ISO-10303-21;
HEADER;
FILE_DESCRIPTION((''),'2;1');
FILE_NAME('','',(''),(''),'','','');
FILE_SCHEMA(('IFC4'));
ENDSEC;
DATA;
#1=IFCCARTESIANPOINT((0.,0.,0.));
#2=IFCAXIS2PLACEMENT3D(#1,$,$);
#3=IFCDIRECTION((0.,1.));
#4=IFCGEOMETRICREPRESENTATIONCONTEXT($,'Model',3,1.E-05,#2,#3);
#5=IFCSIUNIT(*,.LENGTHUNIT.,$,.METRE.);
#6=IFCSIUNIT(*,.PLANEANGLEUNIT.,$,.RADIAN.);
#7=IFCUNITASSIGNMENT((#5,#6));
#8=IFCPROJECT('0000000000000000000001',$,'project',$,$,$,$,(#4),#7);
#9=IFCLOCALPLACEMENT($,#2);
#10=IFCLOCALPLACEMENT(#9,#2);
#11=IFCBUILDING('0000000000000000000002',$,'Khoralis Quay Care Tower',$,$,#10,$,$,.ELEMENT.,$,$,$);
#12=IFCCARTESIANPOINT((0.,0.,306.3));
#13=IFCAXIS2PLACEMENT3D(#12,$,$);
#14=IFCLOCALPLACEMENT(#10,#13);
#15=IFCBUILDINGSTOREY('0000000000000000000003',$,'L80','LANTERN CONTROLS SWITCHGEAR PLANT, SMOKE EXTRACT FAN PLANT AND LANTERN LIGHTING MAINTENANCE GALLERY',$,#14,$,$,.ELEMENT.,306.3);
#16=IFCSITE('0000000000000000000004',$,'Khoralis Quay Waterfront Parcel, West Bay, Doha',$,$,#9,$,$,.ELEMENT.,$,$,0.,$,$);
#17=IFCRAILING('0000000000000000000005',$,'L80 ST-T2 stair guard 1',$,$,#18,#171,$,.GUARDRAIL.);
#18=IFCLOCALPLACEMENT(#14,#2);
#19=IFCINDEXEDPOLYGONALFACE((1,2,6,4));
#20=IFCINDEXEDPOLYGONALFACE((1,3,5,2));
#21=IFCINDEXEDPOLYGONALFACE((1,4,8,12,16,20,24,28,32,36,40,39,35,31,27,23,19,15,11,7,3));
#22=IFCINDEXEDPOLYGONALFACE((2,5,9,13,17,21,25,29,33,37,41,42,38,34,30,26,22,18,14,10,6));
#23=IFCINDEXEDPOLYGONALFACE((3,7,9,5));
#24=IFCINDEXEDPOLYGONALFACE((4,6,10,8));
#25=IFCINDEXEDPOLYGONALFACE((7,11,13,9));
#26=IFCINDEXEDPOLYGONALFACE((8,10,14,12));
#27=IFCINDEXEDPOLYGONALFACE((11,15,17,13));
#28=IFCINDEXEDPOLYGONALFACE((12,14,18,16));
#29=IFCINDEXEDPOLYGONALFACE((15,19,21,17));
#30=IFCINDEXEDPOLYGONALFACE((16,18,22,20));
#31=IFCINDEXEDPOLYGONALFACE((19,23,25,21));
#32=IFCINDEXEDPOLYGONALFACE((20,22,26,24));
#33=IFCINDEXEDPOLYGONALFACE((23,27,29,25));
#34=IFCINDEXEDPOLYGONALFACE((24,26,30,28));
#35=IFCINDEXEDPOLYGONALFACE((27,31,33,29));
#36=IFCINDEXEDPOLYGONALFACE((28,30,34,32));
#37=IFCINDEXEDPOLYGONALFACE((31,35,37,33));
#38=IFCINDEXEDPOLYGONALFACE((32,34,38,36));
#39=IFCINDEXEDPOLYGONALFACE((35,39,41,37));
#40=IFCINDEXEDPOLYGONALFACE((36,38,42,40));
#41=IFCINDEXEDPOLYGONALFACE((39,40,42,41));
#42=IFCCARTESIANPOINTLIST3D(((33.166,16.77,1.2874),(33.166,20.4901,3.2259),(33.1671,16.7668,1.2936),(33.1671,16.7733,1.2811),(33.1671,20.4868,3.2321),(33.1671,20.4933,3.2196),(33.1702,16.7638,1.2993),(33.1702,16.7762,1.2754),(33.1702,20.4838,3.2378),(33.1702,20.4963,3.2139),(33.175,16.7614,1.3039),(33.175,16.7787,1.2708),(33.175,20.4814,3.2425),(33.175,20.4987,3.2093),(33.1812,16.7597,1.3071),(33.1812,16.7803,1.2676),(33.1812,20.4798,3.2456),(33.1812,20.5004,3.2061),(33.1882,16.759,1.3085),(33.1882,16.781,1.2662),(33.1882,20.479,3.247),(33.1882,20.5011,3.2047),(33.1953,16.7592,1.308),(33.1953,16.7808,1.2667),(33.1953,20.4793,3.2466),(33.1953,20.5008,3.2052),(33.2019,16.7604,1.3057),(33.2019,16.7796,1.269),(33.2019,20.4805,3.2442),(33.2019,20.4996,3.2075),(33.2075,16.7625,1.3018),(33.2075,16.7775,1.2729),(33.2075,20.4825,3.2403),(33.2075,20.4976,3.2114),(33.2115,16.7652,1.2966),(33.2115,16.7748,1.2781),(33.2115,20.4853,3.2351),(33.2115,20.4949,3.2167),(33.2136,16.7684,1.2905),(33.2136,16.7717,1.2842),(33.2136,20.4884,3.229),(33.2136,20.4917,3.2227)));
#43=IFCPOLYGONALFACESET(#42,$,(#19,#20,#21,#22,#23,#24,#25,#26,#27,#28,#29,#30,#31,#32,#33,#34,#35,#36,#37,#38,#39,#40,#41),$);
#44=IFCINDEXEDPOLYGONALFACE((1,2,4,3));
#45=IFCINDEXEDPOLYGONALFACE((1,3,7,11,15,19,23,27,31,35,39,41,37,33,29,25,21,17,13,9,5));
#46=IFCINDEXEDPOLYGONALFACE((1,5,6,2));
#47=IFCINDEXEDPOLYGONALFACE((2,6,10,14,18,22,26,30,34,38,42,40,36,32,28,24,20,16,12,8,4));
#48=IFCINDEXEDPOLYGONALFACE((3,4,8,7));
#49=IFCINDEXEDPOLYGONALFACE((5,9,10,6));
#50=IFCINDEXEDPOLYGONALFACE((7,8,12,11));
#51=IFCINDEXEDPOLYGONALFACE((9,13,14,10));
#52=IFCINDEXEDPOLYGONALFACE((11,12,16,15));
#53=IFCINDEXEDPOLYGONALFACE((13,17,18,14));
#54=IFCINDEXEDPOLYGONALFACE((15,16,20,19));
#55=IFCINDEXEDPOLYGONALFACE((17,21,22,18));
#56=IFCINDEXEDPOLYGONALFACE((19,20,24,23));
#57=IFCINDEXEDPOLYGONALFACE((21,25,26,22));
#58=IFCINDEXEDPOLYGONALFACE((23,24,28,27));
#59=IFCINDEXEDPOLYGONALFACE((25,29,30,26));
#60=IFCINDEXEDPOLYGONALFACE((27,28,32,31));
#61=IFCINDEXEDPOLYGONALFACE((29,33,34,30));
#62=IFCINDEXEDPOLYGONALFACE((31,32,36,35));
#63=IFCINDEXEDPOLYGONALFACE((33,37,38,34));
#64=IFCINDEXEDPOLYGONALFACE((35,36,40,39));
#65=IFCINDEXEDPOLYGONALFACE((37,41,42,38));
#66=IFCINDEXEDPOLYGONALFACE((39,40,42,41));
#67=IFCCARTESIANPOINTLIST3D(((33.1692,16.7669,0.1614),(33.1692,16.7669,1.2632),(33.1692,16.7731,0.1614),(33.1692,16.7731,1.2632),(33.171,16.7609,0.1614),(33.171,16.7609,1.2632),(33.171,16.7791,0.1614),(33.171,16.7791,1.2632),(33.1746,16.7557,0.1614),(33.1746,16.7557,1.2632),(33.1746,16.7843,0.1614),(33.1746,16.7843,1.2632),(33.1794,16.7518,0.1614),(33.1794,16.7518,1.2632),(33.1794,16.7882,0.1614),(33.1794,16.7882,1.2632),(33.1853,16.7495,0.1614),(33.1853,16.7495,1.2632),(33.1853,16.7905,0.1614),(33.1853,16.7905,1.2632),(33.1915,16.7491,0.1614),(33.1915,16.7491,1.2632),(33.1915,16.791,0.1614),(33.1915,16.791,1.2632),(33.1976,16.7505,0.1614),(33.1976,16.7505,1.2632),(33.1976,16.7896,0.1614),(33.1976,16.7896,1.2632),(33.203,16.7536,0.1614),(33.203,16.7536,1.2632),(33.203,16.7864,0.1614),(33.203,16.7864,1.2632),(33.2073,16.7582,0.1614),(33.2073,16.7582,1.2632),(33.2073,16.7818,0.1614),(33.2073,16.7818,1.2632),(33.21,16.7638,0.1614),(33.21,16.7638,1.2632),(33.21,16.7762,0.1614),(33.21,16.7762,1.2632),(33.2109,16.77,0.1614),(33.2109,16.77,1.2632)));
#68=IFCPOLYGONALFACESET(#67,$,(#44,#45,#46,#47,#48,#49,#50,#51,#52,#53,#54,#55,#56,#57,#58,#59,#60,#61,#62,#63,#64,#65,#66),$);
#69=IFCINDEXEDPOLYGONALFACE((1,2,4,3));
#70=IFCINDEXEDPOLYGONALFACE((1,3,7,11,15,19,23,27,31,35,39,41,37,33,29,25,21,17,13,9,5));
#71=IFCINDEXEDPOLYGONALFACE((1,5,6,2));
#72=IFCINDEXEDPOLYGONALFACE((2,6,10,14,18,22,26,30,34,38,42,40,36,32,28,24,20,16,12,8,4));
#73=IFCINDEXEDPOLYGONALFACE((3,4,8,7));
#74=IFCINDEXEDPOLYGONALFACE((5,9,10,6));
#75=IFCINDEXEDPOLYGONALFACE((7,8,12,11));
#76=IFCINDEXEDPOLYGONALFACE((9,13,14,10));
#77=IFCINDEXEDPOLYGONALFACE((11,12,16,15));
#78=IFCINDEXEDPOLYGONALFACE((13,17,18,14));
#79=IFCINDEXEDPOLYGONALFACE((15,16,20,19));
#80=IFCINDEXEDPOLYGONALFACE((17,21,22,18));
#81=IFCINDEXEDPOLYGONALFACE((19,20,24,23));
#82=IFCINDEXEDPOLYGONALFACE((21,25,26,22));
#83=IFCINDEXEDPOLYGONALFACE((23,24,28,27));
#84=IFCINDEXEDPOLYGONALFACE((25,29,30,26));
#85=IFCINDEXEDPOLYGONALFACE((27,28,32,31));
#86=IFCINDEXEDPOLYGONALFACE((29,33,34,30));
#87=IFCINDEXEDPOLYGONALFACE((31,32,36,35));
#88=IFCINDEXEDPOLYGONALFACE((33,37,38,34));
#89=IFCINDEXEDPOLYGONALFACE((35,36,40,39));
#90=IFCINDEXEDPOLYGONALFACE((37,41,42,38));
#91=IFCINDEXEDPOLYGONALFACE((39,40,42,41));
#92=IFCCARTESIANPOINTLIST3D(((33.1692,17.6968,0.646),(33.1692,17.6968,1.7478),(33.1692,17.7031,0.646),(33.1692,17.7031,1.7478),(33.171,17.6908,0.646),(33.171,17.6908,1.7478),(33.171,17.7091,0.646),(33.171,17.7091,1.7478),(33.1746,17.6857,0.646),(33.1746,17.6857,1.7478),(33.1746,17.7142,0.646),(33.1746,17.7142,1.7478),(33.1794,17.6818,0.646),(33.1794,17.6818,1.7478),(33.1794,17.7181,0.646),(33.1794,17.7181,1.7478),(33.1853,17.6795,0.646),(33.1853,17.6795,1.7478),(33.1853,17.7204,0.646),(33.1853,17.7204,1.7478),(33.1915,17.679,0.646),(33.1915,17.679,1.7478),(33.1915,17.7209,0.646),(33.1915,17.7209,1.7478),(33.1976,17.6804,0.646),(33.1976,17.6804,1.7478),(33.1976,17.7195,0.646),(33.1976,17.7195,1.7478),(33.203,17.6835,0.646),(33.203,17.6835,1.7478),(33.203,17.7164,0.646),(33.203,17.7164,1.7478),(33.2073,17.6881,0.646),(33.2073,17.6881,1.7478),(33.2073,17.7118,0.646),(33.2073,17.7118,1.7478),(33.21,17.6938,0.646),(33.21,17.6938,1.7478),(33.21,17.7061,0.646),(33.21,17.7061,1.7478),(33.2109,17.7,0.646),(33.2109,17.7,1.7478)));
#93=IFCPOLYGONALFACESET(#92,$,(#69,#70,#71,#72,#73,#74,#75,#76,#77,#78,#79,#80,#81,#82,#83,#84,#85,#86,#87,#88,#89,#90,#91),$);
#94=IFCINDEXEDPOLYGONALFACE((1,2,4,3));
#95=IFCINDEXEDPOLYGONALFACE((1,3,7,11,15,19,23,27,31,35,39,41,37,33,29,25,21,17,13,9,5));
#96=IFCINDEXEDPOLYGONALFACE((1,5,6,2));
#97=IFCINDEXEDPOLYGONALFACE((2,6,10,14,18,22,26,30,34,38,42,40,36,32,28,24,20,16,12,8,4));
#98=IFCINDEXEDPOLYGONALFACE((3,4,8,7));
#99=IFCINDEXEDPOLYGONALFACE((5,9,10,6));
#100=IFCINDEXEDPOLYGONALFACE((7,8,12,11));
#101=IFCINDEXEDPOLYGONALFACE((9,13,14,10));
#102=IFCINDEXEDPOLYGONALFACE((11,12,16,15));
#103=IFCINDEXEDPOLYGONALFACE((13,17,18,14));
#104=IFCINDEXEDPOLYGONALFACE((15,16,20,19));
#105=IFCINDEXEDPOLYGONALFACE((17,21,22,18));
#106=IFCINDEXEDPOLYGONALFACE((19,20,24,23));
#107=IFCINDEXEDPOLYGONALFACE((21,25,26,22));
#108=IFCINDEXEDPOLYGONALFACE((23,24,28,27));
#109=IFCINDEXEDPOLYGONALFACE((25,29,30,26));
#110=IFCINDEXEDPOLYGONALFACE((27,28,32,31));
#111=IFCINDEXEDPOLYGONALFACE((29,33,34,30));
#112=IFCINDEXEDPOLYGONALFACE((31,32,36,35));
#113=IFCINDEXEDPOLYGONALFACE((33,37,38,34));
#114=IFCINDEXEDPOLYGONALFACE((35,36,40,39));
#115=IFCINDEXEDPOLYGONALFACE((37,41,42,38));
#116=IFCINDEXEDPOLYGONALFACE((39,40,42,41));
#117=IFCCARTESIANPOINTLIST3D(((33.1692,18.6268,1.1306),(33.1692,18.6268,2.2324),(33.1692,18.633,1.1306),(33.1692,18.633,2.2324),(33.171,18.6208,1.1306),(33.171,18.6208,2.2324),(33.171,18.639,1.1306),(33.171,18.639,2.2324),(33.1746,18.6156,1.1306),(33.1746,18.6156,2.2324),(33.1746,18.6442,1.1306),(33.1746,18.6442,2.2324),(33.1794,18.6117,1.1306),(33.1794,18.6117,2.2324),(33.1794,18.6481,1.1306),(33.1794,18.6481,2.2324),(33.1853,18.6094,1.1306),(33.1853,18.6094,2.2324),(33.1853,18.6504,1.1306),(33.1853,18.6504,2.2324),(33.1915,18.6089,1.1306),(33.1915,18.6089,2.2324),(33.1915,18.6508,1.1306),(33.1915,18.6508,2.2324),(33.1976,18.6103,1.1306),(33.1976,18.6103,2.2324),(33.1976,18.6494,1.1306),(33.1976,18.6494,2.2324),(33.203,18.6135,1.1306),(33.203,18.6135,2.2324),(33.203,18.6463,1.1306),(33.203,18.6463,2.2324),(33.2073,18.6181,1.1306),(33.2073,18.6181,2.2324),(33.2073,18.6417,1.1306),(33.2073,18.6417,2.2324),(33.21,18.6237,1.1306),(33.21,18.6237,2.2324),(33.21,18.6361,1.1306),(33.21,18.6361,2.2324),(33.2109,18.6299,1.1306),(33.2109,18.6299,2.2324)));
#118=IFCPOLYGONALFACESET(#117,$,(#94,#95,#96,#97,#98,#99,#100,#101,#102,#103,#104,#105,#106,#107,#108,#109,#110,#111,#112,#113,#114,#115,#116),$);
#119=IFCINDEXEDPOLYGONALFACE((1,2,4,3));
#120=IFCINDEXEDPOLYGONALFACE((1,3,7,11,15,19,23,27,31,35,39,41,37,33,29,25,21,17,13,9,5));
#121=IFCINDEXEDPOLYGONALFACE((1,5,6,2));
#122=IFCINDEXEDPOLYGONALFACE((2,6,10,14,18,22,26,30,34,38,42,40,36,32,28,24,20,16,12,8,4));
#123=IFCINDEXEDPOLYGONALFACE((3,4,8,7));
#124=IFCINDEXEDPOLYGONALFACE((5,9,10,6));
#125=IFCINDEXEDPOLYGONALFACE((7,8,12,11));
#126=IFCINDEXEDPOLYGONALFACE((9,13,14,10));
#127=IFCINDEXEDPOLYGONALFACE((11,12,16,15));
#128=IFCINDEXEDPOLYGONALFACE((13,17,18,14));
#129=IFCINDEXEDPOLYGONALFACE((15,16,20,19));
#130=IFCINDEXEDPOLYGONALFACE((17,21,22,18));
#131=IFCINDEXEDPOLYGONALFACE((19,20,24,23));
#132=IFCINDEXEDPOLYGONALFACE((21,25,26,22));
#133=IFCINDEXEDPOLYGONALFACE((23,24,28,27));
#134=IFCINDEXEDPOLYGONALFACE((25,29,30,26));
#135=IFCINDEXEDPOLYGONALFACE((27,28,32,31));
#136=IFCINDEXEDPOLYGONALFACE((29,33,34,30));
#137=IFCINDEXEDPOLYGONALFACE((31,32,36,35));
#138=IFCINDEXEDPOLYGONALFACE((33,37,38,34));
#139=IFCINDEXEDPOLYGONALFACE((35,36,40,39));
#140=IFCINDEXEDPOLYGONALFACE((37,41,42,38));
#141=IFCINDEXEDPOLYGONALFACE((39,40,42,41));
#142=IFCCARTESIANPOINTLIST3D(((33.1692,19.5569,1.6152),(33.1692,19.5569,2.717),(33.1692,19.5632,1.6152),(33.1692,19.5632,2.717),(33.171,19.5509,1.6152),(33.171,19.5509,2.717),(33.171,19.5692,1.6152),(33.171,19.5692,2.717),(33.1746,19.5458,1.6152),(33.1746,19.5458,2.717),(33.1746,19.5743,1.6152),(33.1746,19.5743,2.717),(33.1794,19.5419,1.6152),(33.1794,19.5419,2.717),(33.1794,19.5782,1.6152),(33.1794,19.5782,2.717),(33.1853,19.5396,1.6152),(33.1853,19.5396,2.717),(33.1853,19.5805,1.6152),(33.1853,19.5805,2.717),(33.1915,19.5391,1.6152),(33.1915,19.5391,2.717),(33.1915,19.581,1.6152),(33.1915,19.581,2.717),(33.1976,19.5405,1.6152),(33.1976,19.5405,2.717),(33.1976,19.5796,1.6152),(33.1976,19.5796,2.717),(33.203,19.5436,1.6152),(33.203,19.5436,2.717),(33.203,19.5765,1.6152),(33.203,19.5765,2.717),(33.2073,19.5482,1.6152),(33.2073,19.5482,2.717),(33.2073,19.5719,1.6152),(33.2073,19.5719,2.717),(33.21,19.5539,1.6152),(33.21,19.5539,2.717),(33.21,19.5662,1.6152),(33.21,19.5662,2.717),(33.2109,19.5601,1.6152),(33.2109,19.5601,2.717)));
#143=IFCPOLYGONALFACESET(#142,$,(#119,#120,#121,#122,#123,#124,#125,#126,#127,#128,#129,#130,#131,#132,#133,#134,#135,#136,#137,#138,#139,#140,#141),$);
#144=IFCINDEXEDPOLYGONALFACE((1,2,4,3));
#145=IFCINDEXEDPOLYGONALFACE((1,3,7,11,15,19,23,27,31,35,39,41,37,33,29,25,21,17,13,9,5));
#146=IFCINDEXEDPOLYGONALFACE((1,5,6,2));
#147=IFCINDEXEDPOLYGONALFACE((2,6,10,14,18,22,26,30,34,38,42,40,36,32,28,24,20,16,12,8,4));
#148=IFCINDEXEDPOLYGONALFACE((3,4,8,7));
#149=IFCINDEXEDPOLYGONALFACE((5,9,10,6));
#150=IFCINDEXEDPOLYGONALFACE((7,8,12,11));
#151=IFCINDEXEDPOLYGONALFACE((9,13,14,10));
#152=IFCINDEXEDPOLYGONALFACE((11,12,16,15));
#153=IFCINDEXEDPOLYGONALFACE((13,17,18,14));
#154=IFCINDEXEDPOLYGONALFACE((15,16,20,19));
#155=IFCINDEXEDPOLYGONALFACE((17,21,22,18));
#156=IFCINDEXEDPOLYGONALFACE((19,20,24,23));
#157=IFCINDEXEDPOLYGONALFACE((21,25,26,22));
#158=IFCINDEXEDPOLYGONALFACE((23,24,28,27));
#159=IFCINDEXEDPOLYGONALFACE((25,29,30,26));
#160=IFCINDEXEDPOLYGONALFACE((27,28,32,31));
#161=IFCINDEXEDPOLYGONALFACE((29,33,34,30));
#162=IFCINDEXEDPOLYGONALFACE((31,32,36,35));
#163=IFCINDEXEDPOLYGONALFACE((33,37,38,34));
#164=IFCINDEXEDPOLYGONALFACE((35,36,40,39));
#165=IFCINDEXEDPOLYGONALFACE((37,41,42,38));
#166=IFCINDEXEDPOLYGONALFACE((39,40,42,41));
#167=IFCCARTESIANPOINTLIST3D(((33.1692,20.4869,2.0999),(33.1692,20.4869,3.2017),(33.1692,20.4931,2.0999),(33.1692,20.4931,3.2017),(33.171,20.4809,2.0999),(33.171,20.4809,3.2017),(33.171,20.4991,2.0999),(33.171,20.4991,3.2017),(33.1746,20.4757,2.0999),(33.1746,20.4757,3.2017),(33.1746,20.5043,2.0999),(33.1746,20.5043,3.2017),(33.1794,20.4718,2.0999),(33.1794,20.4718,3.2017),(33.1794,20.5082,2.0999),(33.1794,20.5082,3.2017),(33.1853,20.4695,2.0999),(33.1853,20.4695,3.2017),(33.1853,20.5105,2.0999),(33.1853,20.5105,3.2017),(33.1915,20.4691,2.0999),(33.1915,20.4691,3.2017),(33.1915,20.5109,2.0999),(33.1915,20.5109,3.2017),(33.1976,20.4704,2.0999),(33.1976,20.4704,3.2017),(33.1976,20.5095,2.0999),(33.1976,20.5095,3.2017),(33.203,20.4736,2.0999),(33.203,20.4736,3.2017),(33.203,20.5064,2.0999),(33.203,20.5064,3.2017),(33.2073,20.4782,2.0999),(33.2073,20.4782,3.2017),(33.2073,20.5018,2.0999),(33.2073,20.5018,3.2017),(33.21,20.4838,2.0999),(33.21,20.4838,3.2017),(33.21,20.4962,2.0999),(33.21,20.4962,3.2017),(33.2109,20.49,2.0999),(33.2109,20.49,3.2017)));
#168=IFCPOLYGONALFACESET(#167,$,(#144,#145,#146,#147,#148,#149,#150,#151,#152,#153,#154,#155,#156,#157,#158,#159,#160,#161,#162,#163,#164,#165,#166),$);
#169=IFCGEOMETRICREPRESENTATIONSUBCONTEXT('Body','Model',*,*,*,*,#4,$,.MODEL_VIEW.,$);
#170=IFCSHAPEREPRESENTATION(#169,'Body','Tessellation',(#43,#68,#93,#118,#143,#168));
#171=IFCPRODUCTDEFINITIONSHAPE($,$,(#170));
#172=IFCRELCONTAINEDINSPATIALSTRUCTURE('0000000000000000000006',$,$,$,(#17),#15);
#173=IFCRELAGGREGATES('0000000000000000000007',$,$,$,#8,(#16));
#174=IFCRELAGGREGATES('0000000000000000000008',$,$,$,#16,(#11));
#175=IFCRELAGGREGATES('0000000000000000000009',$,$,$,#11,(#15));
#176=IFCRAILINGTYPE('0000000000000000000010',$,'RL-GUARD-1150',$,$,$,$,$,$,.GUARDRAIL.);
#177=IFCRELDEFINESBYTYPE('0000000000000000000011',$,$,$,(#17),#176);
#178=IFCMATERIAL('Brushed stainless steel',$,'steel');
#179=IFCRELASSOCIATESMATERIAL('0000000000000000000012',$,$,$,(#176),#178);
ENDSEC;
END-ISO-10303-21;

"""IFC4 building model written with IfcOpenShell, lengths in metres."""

from ifc_helpers import new_model, si_unit, direction, frame, origin, origin_2d, place, context, subcontext, project, spatial, circle, extrude, material, type_object, element, save


model = new_model("IFC4")

# Units and contexts
model_context = context("Model", 3, precision=1e-05, world=origin(), true_north=direction((0.0, 1.0)))
body_context = subcontext(model_context, "Body", "Model", "MODEL_VIEW")
ifc_project = project(units=[si_unit("LENGTHUNIT", "METRE"), si_unit("PLANEANGLEUNIT", "RADIAN")], contexts=[model_context])

# Site, building, storey
site_placement = place(None, origin())
site = spatial("IfcSite", under=ifc_project, at=site_placement, Name="Khoralis Quay Waterfront Parcel, West Bay, Doha", CompositionType="ELEMENT", RefElevation=0.0)
building_placement = place(site_placement, origin())
building = spatial("IfcBuilding", under=site, at=building_placement, Name="Khoralis Quay Care Tower", CompositionType="ELEMENT")
storey_placement = place(building_placement, frame((0.0, 0.0, 306.3)))
storey = spatial("IfcBuildingStorey", under=building, at=storey_placement, Name="L80", Description="LANTERN CONTROLS SWITCHGEAR PLANT, SMOKE EXTRACT FAN PLANT AND LANTERN LIGHTING MAINTENANCE GALLERY", CompositionType="ELEMENT", Elevation=306.3)

# Shared definitions
ifc_material_1 = material(Name="Brushed stainless steel", Category="steel")

# Railing
railing_type_1 = type_object("IfcRailingType", Name="RL-GUARD-1150", PredefinedType="GUARDRAIL", material=ifc_material_1)
railing_1_placement = place(storey_placement, frame((33.1899, 16.77, 0.1614)))
element("IfcRailing", 1, at=railing_1_placement, inside=storey, type_object=railing_type_1, Name="L80 ST-T2 stair guard 1", PredefinedType="GUARDRAIL", context=body_context, shape_type="SweptSolid", body=[
    extrude(circle(Radius=0.0239, at=origin_2d()), frame((0.0, 0.0, 1.126), z_axis=(0.0, 0.886817, 0.46212), x_axis=(-1.0, 0.0, 0.0)), (0.0, 0.0, 1.0), 4.1948),
    extrude(circle(Radius=0.021, at=origin_2d()), origin(), (0.0, 0.0, 1.0), 1.1018),
    extrude(circle(Radius=0.021, at=origin_2d()), frame((0.0, 0.9299, 0.4846)), (0.0, 0.0, 1.0), 1.1018),
    extrude(circle(Radius=0.021, at=origin_2d()), frame((0.0, 1.8599, 0.9692)), (0.0, 0.0, 1.0), 1.1018),
    extrude(circle(Radius=0.021, at=origin_2d()), frame((0.0, 2.79, 1.4539)), (0.0, 0.0, 1.0), 1.1018),
    extrude(circle(Radius=0.021, at=origin_2d()), frame((0.0, 3.72, 1.9385)), (0.0, 0.0, 1.0), 1.1018),
])

save(model, "model.ifc")
